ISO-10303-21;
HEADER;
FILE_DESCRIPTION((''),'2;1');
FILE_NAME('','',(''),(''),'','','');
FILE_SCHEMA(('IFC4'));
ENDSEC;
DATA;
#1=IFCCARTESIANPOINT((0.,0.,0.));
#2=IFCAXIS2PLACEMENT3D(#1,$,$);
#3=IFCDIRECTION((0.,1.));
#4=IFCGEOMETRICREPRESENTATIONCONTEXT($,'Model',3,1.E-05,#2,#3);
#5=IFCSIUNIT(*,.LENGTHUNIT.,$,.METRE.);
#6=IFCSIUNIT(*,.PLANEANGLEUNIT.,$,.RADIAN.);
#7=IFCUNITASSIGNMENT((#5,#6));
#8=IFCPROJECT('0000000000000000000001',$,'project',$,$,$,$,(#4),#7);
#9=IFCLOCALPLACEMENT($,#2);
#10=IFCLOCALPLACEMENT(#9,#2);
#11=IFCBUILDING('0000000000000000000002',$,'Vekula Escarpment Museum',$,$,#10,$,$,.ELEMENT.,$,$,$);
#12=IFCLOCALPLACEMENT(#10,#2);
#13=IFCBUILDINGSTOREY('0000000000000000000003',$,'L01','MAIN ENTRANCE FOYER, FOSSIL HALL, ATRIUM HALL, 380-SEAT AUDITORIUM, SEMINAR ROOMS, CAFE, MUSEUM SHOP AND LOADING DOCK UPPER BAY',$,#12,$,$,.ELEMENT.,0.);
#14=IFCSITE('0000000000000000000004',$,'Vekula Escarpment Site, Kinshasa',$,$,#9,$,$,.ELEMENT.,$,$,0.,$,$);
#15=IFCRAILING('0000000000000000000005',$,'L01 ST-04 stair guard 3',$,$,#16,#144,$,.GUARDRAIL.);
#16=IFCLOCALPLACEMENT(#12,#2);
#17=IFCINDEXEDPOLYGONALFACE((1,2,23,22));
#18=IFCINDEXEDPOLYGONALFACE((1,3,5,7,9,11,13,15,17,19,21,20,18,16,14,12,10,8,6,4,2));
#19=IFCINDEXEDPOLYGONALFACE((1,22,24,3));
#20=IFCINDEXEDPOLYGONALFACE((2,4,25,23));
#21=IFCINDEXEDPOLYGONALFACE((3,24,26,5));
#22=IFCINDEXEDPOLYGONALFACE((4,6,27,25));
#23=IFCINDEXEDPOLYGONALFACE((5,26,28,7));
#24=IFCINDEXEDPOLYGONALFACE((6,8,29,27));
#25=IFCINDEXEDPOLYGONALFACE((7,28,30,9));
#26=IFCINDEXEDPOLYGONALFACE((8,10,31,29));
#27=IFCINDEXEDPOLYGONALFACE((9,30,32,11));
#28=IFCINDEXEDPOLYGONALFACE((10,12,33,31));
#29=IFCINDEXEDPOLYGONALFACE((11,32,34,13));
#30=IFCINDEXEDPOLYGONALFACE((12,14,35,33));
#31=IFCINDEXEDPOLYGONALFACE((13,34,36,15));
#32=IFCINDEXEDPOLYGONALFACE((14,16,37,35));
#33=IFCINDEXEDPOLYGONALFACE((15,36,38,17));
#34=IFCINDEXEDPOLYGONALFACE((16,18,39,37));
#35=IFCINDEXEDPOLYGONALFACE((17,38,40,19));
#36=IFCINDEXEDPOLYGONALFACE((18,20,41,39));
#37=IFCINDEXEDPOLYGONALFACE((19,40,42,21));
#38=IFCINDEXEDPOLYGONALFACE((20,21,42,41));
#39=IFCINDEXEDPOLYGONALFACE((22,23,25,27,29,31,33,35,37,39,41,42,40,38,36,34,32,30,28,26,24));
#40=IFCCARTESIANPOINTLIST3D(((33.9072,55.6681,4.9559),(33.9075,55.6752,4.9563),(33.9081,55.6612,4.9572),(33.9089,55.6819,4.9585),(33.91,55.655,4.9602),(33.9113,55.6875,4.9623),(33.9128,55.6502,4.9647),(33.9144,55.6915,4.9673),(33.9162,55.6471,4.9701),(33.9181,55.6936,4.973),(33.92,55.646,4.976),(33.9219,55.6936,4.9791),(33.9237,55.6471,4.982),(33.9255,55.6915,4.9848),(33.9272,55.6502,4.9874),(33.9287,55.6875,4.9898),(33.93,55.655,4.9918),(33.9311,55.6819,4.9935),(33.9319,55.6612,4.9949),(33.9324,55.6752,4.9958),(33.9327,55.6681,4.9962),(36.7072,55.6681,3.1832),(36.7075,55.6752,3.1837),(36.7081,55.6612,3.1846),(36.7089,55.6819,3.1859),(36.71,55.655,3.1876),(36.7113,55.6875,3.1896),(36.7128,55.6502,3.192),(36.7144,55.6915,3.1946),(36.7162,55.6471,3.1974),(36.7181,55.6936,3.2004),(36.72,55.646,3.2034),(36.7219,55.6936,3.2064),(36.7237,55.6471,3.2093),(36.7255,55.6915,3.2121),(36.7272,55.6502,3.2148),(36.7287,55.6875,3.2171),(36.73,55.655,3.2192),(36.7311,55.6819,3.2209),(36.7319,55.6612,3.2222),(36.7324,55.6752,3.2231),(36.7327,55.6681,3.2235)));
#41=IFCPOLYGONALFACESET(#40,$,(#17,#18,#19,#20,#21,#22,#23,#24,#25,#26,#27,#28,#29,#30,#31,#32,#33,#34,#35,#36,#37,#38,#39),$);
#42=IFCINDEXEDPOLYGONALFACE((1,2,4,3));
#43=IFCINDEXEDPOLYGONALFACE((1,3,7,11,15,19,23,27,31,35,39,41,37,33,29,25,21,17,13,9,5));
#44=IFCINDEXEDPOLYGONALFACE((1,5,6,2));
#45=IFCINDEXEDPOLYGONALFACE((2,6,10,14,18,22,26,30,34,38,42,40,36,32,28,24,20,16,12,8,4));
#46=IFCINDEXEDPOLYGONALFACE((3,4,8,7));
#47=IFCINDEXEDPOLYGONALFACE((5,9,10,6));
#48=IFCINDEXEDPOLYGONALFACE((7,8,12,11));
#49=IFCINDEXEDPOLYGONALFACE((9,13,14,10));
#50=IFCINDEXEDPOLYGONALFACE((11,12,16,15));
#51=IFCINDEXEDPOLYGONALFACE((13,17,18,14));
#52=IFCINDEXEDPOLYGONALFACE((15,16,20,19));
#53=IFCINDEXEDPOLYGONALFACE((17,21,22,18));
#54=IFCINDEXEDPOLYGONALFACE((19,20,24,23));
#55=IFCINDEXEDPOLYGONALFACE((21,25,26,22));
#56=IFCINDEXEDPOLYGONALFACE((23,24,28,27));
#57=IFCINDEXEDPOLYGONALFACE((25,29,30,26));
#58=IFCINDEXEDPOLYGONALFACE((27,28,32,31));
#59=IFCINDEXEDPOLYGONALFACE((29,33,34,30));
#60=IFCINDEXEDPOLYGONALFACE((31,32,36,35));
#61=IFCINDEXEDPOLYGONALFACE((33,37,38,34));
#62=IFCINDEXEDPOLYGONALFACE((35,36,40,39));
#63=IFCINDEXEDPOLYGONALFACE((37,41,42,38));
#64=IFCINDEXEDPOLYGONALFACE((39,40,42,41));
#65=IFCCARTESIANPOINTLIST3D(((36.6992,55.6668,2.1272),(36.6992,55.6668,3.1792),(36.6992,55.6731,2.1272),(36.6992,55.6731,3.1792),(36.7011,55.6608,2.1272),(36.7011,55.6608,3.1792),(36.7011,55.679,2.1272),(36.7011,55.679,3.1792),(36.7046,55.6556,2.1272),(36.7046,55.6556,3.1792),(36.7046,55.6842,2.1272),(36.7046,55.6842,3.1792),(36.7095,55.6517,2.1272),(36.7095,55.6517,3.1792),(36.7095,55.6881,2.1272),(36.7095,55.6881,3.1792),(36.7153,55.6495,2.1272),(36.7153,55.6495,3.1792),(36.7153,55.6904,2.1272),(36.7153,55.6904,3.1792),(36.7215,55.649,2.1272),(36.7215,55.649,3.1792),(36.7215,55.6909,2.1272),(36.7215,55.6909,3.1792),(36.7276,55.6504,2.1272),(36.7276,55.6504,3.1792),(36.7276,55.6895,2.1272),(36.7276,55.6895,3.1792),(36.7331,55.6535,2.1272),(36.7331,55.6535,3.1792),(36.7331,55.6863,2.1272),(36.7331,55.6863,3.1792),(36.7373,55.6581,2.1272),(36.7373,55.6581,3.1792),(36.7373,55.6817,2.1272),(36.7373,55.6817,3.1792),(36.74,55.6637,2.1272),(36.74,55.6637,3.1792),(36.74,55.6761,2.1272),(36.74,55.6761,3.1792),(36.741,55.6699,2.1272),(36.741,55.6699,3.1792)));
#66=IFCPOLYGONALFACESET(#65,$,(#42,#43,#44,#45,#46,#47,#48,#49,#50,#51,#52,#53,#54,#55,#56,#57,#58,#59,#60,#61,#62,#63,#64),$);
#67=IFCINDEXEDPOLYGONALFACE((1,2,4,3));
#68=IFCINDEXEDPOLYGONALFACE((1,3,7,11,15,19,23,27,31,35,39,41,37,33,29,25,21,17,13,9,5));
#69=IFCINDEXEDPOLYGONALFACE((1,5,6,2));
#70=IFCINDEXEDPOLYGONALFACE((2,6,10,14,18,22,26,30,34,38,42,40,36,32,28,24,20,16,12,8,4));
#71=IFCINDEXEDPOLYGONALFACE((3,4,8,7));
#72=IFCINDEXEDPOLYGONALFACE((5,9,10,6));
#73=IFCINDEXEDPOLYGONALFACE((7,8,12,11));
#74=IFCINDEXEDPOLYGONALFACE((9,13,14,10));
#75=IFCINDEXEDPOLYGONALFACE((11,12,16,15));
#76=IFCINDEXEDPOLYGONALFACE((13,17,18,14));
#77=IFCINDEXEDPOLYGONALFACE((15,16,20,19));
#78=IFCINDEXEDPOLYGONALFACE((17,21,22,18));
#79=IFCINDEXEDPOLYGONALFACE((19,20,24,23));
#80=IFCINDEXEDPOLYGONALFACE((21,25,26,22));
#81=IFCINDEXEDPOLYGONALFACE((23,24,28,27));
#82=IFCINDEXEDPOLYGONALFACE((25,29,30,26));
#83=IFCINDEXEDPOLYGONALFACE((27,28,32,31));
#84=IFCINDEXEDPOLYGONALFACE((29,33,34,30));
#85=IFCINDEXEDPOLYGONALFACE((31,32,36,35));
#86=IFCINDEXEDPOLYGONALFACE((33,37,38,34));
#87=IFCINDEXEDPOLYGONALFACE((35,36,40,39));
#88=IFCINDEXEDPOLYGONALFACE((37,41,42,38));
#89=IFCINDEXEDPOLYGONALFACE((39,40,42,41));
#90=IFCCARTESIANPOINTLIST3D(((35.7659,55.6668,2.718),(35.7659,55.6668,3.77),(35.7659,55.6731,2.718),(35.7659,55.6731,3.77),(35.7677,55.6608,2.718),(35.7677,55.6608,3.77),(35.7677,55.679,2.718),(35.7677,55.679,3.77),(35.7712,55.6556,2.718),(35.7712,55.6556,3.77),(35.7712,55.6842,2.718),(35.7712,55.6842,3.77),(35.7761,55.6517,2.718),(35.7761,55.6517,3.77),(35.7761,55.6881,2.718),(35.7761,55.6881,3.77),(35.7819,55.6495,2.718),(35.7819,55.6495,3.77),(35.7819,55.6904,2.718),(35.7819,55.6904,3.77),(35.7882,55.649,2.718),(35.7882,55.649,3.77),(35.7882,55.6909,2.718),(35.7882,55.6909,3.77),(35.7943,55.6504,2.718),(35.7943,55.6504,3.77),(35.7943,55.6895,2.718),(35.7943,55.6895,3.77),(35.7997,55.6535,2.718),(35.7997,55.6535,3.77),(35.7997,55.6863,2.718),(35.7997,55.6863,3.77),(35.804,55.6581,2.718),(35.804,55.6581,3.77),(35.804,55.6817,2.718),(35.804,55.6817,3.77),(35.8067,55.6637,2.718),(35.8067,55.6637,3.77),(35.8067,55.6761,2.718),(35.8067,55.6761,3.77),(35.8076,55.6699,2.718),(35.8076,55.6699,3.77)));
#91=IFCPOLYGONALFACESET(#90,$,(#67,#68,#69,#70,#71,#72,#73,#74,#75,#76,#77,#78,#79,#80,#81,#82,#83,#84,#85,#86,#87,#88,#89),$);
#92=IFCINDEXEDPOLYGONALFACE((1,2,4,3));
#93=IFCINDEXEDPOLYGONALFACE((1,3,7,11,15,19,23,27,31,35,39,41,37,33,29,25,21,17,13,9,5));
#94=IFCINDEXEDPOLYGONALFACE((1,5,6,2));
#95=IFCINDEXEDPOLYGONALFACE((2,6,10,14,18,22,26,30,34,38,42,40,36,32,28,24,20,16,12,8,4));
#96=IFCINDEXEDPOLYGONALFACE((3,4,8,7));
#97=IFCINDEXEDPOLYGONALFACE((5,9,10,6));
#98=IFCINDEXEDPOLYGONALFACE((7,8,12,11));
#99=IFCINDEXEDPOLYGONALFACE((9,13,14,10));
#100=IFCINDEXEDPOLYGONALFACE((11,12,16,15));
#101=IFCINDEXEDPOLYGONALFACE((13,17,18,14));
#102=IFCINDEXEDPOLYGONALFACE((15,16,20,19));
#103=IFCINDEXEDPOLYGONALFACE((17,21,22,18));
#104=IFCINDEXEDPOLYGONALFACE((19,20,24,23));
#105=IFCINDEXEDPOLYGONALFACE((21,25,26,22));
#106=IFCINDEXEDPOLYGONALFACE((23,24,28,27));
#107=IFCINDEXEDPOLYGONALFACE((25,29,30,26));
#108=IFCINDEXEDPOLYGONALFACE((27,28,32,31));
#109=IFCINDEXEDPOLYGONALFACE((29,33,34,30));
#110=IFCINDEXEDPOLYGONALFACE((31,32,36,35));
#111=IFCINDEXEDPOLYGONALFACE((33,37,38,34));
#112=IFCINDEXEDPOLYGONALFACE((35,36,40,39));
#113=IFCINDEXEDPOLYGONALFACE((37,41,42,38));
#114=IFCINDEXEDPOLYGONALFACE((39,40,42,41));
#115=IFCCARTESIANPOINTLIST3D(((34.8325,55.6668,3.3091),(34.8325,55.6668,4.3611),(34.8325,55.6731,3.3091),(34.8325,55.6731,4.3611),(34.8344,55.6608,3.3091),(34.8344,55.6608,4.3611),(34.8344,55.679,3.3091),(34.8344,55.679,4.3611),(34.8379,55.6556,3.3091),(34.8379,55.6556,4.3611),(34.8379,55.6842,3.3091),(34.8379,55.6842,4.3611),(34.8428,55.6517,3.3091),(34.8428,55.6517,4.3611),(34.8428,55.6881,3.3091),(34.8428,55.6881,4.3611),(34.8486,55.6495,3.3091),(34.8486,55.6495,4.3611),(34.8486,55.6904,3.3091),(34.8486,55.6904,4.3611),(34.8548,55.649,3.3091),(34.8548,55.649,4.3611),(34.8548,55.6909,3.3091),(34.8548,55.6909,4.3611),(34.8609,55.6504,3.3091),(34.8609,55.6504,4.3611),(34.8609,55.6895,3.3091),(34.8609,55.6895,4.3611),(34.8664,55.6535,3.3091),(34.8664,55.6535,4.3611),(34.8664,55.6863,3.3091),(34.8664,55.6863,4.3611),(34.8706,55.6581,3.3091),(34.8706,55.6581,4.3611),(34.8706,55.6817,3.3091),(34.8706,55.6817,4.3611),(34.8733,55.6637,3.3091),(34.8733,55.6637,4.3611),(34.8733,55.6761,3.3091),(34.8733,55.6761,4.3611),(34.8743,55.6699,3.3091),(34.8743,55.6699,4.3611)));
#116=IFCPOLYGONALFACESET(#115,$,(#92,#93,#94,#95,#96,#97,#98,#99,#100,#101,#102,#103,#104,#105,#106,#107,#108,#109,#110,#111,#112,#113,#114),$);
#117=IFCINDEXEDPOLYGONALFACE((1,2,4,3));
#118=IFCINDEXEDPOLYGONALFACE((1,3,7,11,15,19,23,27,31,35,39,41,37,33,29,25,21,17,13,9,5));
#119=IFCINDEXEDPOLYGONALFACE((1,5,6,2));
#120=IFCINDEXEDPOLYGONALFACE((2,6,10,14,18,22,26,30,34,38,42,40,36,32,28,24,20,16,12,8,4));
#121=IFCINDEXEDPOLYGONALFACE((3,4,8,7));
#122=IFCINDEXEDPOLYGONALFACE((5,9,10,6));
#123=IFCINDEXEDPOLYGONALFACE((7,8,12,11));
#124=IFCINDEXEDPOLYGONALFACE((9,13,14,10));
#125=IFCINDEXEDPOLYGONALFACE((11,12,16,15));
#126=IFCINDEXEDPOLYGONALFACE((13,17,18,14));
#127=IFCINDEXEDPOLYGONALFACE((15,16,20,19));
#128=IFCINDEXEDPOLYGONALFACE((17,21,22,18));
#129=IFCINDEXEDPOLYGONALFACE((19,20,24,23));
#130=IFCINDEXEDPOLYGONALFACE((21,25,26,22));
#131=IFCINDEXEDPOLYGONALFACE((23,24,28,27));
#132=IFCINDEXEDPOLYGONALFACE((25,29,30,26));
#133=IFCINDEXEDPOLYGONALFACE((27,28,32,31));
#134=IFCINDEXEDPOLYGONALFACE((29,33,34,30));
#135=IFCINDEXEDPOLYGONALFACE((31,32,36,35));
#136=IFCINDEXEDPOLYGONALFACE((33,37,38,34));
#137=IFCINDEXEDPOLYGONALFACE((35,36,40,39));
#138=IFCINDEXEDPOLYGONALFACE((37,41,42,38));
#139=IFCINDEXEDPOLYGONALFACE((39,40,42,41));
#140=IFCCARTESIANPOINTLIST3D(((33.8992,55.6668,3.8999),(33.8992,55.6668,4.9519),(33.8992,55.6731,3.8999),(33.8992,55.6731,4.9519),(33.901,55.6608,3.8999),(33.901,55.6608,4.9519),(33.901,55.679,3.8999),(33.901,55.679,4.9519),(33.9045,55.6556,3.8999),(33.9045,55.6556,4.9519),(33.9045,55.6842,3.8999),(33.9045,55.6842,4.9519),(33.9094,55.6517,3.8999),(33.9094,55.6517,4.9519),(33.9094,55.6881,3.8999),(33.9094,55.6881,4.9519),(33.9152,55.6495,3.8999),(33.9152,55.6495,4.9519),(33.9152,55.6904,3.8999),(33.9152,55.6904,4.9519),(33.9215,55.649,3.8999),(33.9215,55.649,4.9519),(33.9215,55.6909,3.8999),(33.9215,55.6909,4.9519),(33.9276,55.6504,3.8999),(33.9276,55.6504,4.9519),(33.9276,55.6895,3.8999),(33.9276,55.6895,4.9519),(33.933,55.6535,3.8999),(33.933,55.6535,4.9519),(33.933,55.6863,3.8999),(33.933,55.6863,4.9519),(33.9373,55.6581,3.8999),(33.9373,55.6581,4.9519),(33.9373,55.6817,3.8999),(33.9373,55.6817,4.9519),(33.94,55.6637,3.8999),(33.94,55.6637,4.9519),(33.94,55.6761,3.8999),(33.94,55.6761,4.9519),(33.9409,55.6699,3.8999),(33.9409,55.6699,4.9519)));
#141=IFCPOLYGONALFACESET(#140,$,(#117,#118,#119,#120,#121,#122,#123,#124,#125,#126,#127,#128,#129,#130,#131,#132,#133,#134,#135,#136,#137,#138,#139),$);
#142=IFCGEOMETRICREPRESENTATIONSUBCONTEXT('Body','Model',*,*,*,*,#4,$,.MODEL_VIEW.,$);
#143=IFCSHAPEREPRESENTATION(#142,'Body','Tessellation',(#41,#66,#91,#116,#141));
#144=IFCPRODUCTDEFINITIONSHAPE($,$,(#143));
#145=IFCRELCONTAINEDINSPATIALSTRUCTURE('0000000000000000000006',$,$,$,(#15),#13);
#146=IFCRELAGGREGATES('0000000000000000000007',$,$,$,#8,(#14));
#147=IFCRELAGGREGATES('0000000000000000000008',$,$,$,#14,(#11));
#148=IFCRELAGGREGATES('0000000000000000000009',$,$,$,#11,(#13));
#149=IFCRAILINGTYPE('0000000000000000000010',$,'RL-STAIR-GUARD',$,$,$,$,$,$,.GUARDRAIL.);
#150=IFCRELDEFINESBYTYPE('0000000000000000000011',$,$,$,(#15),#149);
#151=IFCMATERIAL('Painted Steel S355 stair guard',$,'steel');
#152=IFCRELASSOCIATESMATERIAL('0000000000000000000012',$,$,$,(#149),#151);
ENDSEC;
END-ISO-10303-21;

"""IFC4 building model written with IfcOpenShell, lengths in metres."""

from ifc_helpers import new_model, si_unit, direction, frame, origin, origin_2d, place, context, subcontext, project, spatial, circle, extrude, material, type_object, element, save


model = new_model("IFC4")

# Units and contexts
model_context = context("Model", 3, precision=1e-05, world=origin(), true_north=direction((0.0, 1.0)))
body_context = subcontext(model_context, "Body", "Model", "MODEL_VIEW")
ifc_project = project(units=[si_unit("LENGTHUNIT", "METRE"), si_unit("PLANEANGLEUNIT", "RADIAN")], contexts=[model_context])

# Site, building, storey
site_placement = place(None, origin())
site = spatial("IfcSite", under=ifc_project, at=site_placement, Name="Vekula Escarpment Site, Kinshasa", CompositionType="ELEMENT", RefElevation=0.0)
building_placement = place(site_placement, origin())
building = spatial("IfcBuilding", under=site, at=building_placement, Name="Vekula Escarpment Museum", CompositionType="ELEMENT")
storey_placement = place(building_placement, origin())
storey = spatial("IfcBuildingStorey", under=building, at=storey_placement, Name="L01", Description="MAIN ENTRANCE FOYER, FOSSIL HALL, ATRIUM HALL, 380-SEAT AUDITORIUM, SEMINAR ROOMS, CAFE, MUSEUM SHOP AND LOADING DOCK UPPER BAY", CompositionType="ELEMENT", Elevation=0.0)

# Railing
ifc_material_1 = material(Name="Painted Steel S355 stair guard", Category="steel")
railing_type_1 = type_object("IfcRailingType", Name="RL-STAIR-GUARD", PredefinedType="GUARDRAIL", material=ifc_material_1)
railing_1_placement = place(storey_placement, frame((36.72, 55.6699, 2.1272)))
element("IfcRailing", 1, at=railing_1_placement, inside=storey, type_object=railing_type_1, Name="L01 ST-04 stair guard 3", PredefinedType="GUARDRAIL", context=body_context, shape_type="SweptSolid", body=[
    extrude(circle(Radius=0.0239, at=origin_2d()), frame((0.0, 0.0, 1.0762), z_axis=(-0.844909, 0.0, 0.53491), x_axis=(0.0, -1.0, 0.0)), (0.0, 0.0, 1.0), 3.314),
    extrude(circle(Radius=0.021, at=origin_2d()), origin(), (0.0, 0.0, 1.0), 1.052),
    extrude(circle(Radius=0.021, at=origin_2d()), frame((-0.9333, 0.0, 0.5908)), (0.0, 0.0, 1.0), 1.052),
    extrude(circle(Radius=0.021, at=origin_2d()), frame((-1.8667, 0.0, 1.1819)), (0.0, 0.0, 1.0), 1.052),
    extrude(circle(Radius=0.021, at=origin_2d()), frame((-2.8, 0.0, 1.7727)), (0.0, 0.0, 1.0), 1.052),
])

save(model, "model.ifc")
